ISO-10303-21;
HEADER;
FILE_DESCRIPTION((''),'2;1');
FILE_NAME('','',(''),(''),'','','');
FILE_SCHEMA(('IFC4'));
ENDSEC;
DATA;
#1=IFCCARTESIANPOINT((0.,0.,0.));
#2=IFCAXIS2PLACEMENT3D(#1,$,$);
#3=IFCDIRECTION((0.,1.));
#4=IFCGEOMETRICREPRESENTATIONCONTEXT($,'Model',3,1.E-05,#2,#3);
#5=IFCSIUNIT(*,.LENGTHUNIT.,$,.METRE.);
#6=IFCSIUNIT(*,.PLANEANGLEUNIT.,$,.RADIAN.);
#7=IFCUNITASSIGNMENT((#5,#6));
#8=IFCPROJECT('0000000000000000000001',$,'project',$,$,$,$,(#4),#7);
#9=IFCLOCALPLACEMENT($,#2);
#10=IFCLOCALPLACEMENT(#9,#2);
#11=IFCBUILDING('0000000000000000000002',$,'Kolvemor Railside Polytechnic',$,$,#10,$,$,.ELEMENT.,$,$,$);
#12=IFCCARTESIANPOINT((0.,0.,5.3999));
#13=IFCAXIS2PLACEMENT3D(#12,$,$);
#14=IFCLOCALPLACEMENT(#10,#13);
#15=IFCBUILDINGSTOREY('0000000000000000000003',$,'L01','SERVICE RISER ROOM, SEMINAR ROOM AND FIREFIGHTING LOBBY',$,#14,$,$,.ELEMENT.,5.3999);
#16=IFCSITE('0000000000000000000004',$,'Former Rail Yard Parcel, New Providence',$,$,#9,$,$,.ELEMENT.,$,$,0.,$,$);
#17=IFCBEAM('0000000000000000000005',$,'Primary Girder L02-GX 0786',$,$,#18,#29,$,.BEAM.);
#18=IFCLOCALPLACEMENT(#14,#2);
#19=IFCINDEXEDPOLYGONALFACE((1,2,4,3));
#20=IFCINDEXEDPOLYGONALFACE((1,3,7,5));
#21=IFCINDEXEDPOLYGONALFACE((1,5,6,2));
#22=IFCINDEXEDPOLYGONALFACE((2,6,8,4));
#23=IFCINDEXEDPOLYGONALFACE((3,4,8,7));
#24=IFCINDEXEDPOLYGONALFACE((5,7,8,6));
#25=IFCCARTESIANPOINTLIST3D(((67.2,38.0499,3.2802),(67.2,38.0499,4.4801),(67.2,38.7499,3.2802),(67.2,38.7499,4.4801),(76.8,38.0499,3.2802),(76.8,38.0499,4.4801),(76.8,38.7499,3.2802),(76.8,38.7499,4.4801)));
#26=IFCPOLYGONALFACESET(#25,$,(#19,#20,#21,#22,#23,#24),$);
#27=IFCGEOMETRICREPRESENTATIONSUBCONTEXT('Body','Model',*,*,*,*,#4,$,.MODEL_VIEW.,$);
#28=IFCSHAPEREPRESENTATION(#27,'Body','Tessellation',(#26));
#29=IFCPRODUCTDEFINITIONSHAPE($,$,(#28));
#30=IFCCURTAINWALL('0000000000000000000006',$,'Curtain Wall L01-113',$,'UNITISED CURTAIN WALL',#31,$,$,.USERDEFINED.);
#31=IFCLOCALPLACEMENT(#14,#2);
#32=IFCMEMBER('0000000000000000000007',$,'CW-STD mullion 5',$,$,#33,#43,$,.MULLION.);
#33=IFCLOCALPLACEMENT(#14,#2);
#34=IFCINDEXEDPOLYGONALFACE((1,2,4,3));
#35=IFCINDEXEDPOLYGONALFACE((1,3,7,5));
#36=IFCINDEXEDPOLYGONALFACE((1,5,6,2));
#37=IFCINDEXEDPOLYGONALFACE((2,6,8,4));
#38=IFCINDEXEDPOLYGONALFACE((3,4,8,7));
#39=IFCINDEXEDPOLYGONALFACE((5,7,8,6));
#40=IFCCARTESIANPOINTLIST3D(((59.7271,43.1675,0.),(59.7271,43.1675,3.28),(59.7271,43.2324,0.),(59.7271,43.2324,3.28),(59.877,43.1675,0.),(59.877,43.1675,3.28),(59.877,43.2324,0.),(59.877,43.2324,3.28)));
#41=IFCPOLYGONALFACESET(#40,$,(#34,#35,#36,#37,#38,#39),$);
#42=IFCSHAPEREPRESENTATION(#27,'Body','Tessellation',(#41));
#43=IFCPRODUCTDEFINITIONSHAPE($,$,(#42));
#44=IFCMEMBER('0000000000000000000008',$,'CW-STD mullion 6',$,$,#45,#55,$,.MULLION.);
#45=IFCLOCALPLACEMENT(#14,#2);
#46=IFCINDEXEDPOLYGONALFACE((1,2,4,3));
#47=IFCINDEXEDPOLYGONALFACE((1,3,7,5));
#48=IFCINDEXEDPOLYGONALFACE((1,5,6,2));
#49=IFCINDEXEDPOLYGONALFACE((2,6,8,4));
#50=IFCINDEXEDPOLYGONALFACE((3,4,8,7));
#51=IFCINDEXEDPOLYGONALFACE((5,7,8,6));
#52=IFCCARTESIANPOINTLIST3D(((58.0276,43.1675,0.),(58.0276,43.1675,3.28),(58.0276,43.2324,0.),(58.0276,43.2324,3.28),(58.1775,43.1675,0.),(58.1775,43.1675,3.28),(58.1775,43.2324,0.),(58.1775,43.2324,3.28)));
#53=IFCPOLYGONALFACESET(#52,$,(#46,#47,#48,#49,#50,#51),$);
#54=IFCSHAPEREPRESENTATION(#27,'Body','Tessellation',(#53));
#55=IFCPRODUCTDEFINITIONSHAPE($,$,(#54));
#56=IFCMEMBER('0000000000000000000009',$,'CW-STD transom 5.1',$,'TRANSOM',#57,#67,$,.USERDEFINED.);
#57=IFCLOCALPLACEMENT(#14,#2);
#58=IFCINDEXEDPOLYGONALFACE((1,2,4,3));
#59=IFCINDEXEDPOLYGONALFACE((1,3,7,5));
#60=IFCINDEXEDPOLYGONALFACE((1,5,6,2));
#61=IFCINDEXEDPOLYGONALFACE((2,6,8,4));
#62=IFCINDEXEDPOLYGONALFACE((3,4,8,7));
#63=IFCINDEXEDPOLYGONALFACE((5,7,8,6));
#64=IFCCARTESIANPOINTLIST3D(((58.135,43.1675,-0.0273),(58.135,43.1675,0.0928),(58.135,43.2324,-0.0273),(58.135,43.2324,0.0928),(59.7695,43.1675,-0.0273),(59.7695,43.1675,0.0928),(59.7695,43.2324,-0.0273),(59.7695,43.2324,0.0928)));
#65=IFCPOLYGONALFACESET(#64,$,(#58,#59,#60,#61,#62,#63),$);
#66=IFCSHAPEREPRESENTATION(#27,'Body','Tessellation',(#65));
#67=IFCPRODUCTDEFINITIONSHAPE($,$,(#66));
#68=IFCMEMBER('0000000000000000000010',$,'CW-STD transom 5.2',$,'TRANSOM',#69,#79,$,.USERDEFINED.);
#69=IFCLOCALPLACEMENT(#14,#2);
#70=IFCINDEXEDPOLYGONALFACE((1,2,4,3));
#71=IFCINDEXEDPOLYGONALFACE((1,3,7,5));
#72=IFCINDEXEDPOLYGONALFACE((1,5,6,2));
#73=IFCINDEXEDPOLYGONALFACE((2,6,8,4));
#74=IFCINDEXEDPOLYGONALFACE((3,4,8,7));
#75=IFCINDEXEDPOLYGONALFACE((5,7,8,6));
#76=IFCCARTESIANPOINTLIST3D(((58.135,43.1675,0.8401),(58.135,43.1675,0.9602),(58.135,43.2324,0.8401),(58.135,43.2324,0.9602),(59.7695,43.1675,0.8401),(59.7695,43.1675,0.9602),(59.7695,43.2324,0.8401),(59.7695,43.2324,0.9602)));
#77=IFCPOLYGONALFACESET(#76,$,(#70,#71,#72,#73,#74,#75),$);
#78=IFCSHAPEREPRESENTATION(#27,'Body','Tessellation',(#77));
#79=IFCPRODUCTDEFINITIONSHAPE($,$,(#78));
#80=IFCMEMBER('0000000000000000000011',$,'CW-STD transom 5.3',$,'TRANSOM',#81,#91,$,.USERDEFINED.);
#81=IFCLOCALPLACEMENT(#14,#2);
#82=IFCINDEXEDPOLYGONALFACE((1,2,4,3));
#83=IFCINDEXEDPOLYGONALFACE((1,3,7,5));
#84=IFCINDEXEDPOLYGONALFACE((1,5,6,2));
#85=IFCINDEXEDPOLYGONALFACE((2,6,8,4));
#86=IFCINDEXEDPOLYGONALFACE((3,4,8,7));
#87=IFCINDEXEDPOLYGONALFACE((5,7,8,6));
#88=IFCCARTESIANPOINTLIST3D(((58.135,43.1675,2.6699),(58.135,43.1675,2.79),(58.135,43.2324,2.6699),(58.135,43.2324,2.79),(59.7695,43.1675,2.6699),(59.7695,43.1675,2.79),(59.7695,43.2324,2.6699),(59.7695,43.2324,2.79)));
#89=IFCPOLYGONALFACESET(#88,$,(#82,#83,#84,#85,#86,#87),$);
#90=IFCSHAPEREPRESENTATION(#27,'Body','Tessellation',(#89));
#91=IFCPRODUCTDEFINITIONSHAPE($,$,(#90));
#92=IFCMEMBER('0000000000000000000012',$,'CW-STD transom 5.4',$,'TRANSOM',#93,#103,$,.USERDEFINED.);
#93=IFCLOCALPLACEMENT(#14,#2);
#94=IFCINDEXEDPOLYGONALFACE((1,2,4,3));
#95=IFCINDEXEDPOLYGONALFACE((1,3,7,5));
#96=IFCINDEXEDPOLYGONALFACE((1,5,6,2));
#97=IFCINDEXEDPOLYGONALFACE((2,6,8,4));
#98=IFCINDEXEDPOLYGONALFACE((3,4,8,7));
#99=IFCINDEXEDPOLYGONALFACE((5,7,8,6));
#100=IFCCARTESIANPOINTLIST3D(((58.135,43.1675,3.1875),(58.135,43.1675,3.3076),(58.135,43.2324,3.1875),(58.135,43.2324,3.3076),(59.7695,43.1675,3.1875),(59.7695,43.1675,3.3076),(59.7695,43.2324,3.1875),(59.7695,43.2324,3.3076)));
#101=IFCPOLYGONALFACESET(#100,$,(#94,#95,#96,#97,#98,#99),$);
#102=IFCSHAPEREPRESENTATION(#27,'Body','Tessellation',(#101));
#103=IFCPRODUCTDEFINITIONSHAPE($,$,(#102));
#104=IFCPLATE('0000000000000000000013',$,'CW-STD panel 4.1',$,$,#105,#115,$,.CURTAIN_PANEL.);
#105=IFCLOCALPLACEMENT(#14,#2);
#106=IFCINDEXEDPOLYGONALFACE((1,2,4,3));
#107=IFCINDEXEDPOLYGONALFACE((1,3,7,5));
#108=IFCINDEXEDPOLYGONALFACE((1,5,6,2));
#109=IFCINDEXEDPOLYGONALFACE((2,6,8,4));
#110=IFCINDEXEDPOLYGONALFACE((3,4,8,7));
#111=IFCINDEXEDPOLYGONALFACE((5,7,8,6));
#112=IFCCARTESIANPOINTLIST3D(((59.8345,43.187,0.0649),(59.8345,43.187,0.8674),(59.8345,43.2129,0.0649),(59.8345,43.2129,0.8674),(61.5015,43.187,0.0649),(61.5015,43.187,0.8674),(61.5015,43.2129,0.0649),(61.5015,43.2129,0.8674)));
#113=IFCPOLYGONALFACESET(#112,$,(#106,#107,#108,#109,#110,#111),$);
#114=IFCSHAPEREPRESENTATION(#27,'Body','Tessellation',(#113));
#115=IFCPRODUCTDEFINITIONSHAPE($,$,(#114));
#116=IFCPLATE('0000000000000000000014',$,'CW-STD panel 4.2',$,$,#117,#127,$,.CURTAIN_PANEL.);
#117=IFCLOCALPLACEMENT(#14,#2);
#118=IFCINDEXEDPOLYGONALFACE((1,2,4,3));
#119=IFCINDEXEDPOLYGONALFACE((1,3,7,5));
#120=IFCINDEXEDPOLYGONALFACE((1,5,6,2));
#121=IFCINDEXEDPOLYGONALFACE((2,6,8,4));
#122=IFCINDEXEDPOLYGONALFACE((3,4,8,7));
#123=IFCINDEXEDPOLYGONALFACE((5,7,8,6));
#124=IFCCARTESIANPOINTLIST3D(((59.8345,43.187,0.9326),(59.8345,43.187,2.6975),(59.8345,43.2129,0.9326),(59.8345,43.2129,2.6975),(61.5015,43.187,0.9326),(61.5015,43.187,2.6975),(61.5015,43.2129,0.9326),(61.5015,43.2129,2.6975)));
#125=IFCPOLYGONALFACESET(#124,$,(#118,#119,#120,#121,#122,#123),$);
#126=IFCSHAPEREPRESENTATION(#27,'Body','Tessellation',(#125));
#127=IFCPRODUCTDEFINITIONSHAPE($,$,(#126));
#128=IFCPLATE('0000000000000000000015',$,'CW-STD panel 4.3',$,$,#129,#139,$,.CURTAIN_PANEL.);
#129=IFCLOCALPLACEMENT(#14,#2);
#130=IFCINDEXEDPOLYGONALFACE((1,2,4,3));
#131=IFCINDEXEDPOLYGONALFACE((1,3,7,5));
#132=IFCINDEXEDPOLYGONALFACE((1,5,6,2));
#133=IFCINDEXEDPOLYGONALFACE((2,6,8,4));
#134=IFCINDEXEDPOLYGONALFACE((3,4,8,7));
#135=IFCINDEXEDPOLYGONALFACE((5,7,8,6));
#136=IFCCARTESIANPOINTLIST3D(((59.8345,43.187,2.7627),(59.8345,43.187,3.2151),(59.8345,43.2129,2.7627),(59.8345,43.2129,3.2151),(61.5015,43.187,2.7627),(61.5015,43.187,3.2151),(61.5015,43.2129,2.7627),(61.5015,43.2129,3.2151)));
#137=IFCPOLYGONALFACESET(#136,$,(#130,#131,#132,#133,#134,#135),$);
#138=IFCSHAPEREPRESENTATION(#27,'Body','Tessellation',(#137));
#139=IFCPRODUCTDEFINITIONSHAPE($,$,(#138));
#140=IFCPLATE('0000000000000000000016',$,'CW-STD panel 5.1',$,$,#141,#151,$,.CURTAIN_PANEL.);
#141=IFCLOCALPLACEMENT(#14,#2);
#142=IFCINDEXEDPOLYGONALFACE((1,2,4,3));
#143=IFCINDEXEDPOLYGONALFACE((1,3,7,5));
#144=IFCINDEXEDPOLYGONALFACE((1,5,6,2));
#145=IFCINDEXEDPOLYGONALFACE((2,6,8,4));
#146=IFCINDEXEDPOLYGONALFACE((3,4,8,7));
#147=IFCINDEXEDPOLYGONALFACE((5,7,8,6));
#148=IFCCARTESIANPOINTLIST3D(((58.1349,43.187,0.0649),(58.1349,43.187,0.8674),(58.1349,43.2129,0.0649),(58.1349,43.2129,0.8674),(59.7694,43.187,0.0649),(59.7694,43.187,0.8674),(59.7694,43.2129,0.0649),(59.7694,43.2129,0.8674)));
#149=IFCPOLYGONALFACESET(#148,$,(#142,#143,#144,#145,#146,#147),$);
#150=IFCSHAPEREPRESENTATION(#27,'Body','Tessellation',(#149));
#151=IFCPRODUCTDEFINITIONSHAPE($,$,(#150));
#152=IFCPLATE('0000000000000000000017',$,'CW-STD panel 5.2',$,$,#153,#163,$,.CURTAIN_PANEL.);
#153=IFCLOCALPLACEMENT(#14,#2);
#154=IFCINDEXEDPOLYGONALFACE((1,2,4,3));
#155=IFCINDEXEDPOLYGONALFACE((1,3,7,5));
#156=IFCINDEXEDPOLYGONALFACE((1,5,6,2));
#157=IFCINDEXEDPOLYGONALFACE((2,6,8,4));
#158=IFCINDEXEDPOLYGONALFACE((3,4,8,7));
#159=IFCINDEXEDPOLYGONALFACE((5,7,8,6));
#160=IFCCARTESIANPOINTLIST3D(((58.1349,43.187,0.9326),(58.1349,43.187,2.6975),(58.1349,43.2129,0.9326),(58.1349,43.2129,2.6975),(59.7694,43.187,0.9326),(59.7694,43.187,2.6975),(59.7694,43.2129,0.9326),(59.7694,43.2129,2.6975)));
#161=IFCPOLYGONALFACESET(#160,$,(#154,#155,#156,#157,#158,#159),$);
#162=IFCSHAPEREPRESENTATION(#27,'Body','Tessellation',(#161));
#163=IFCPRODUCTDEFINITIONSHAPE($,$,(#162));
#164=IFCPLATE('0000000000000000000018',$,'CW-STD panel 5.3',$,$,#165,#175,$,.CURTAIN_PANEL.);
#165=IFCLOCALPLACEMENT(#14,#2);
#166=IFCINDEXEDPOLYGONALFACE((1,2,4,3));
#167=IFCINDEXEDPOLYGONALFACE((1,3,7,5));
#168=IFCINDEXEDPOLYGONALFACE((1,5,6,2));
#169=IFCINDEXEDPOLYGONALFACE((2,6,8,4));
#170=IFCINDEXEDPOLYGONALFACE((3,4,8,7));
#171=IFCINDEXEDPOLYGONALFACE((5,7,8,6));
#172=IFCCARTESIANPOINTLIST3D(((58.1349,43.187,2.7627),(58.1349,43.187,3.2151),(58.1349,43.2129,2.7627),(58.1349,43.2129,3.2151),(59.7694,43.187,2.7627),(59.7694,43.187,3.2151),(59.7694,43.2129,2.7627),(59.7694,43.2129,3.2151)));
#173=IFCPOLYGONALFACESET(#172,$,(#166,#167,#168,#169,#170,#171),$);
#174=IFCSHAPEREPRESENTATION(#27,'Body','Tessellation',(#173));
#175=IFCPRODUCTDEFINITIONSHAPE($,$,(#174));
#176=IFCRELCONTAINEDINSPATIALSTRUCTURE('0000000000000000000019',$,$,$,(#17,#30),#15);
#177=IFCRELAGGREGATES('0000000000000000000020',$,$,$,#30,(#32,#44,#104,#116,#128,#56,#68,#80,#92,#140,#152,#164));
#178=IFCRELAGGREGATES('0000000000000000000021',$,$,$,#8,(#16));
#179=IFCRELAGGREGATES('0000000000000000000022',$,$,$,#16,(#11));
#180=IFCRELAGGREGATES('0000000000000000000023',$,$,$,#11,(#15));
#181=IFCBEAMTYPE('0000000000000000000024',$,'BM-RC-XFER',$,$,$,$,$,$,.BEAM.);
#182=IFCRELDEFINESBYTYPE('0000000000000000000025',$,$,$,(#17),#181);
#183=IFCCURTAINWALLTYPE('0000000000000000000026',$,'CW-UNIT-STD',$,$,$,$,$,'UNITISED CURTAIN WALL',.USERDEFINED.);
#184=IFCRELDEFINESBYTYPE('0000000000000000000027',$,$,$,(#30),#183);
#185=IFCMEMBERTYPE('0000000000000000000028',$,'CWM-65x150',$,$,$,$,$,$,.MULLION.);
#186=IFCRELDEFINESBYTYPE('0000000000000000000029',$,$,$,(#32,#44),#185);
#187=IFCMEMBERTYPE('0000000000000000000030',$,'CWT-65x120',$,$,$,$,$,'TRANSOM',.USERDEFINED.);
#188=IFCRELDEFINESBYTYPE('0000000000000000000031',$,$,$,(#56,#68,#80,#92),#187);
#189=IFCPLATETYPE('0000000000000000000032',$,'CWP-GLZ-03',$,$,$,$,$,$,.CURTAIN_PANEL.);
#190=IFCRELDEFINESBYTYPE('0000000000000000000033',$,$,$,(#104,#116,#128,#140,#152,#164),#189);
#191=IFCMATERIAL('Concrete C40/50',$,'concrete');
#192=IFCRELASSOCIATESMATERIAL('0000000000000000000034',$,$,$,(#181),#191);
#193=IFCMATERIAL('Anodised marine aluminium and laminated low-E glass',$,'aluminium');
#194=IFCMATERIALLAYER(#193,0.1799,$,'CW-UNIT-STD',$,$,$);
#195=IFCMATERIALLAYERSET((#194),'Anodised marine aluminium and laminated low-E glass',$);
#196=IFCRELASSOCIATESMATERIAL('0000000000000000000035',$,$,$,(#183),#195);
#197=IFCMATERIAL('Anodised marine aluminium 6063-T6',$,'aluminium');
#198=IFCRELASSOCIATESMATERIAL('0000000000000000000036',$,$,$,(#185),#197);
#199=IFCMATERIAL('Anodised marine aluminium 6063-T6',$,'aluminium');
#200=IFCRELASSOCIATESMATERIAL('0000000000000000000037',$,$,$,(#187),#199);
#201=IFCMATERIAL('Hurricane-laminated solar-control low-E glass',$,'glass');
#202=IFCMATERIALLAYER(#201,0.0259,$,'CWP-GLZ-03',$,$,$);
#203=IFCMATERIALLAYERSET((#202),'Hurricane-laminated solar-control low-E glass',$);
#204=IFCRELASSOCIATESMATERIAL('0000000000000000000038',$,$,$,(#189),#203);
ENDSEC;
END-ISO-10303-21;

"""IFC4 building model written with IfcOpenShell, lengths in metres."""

from ifc_helpers import new_model, si_unit, direction, frame, origin, origin_2d, place, context, subcontext, project, spatial, rectangle, extrude, material, layer, layer_set, material_profile, profile_set, type_object, element, aggregate, save


model = new_model("IFC4")

# Units and contexts
model_context = context("Model", 3, precision=1e-05, world=origin(), true_north=direction((0.0, 1.0)))
body_context = subcontext(model_context, "Body", "Model", "MODEL_VIEW")
ifc_project = project(units=[si_unit("LENGTHUNIT", "METRE"), si_unit("PLANEANGLEUNIT", "RADIAN")], contexts=[model_context])

# Site, building, storey
site_placement = place(None, origin())
site = spatial("IfcSite", under=ifc_project, at=site_placement, Name="Former Rail Yard Parcel, New Providence", CompositionType="ELEMENT", RefElevation=0.0)
building_placement = place(site_placement, origin())
building = spatial("IfcBuilding", under=site, at=building_placement, Name="Kolvemor Railside Polytechnic", CompositionType="ELEMENT")
storey_placement = place(building_placement, frame((0.0, 0.0, 5.3999)))
storey = spatial("IfcBuildingStorey", under=building, at=storey_placement, Name="L01", Description="SERVICE RISER ROOM, SEMINAR ROOM AND FIREFIGHTING LOBBY", CompositionType="ELEMENT", Elevation=5.3999)

# Beam
ifc_material_1 = material(Name="Concrete C40/50", Category="concrete")
ifc_material_profile_1 = material_profile(ifc_material_1, rectangle(XDim=0.7, YDim=1.2, at=origin_2d()), Name="RC700x1200")
ifc_profile_set_1 = profile_set([ifc_material_profile_1], Name="Concrete C40/50")
beam_type_1 = type_object("IfcBeamType", Name="BM-RC-XFER", PredefinedType="BEAM", material=ifc_profile_set_1)
beam_1_placement = place(storey_placement, frame((67.2, 38.3999, 3.8801), z_axis=(1.0, 0.0, 0.0), x_axis=(0.0, 1.0, 0.0)))
element("IfcBeam", 1, at=beam_1_placement, inside=storey, type_object=beam_type_1, Name="Primary Girder L02-GX 0786", PredefinedType="BEAM", context=body_context, shape_type="SweptSolid", body=[
    extrude(rectangle(XDim=0.7, YDim=1.2, at=origin_2d()), origin(), (0.0, 0.0, 1.0), 9.6001),
])

# Curtain wall, members, plates
ifc_material_2 = material(Name="Anodised marine aluminium and laminated low-E glass", Category="aluminium")
ifc_layer_1 = layer(ifc_material_2, 0.1799, Name="CW-UNIT-STD")
ifc_layer_set_1 = layer_set([ifc_layer_1], Name="Anodised marine aluminium and laminated low-E glass")
curtain_wall_type = type_object("IfcCurtainWallType", Name="CW-UNIT-STD", ElementType="UNITISED CURTAIN WALL", PredefinedType="USERDEFINED", material=ifc_layer_set_1)
curtain_wall_placement = place(storey_placement, origin())
curtain_wall = element("IfcCurtainWall", 2, at=curtain_wall_placement, inside=storey, type_object=curtain_wall_type, Name="Curtain Wall L01-113", ObjectType="UNITISED CURTAIN WALL", PredefinedType="USERDEFINED")
ifc_material_3 = material(Name="Anodised marine aluminium 6063-T6", Category="aluminium")
ifc_material_profile_2 = material_profile(ifc_material_3, rectangle(XDim=0.0649, YDim=0.1499, at=origin_2d()), Name="CW-MUL-65x150")
ifc_profile_set_2 = profile_set([ifc_material_profile_2], Name="Anodised marine aluminium 6063-T6")
member_type_1 = type_object("IfcMemberType", Name="CWM-65x150", PredefinedType="MULLION", material=ifc_profile_set_2)
member_1_placement = place(storey_placement, frame((59.802, 43.2, 0.0), z_axis=(0.0, 0.0, 1.0), x_axis=(0.0, -1.0, 0.0)))
member_1 = element("IfcMember", 3, at=member_1_placement, type_object=member_type_1, Name="CW-STD mullion 5", PredefinedType="MULLION", context=body_context, shape_type="SweptSolid", body=[
    extrude(rectangle(XDim=0.0649, YDim=0.1499, at=origin_2d()), origin(), (0.0, 0.0, 1.0), 3.28),
])
member_2_placement = place(storey_placement, frame((58.1025, 43.2, 0.0), z_axis=(0.0, 0.0, 1.0), x_axis=(0.0, -1.0, 0.0)))
member_2 = element("IfcMember", 4, at=member_2_placement, type_object=member_type_1, Name="CW-STD mullion 6", PredefinedType="MULLION", context=body_context, shape_type="SweptSolid", body=[
    extrude(rectangle(XDim=0.0649, YDim=0.1499, at=origin_2d()), origin(), (0.0, 0.0, 1.0), 3.28),
])
ifc_material_4 = material(Name="Anodised marine aluminium 6063-T6", Category="aluminium")
ifc_material_profile_3 = material_profile(ifc_material_4, rectangle(XDim=0.0649, YDim=0.1201, at=origin_2d()), Name="CW-TRN-65x120")
ifc_profile_set_3 = profile_set([ifc_material_profile_3], Name="Anodised marine aluminium 6063-T6")
member_type_2 = type_object("IfcMemberType", Name="CWT-65x120", ElementType="TRANSOM", PredefinedType="USERDEFINED", material=ifc_profile_set_3)
member_3_placement = place(storey_placement, frame((59.7695, 43.2, 0.0327), z_axis=(-1.0, 0.0, 0.0), x_axis=(0.0, -1.0, 0.0)))
member_3 = element("IfcMember", 5, at=member_3_placement, type_object=member_type_2, Name="CW-STD transom 5.1", ObjectType="TRANSOM", PredefinedType="USERDEFINED", context=body_context, shape_type="SweptSolid", body=[
    extrude(rectangle(XDim=0.0649, YDim=0.1201, at=origin_2d()), origin(), (0.0, 0.0, 1.0), 1.6345),
])
member_4_placement = place(storey_placement, frame((59.7695, 43.2, 0.9001), z_axis=(-1.0, 0.0, 0.0), x_axis=(0.0, -1.0, 0.0)))
member_4 = element("IfcMember", 6, at=member_4_placement, type_object=member_type_2, Name="CW-STD transom 5.2", ObjectType="TRANSOM", PredefinedType="USERDEFINED", context=body_context, shape_type="SweptSolid", body=[
    extrude(rectangle(XDim=0.0649, YDim=0.1201, at=origin_2d()), origin(), (0.0, 0.0, 1.0), 1.6345),
])
member_5_placement = place(storey_placement, frame((59.7695, 43.2, 2.73), z_axis=(-1.0, 0.0, 0.0), x_axis=(0.0, -1.0, 0.0)))
member_5 = element("IfcMember", 7, at=member_5_placement, type_object=member_type_2, Name="CW-STD transom 5.3", ObjectType="TRANSOM", PredefinedType="USERDEFINED", context=body_context, shape_type="SweptSolid", body=[
    extrude(rectangle(XDim=0.0649, YDim=0.1201, at=origin_2d()), origin(), (0.0, 0.0, 1.0), 1.6345),
])
member_6_placement = place(storey_placement, frame((59.7695, 43.2, 3.2476), z_axis=(-1.0, 0.0, 0.0), x_axis=(0.0, -1.0, 0.0)))
member_6 = element("IfcMember", 8, at=member_6_placement, type_object=member_type_2, Name="CW-STD transom 5.4", ObjectType="TRANSOM", PredefinedType="USERDEFINED", context=body_context, shape_type="SweptSolid", body=[
    extrude(rectangle(XDim=0.0649, YDim=0.1201, at=origin_2d()), origin(), (0.0, 0.0, 1.0), 1.6345),
])
ifc_material_5 = material(Name="Hurricane-laminated solar-control low-E glass", Category="glass")
ifc_layer_2 = layer(ifc_material_5, 0.0259, Name="CWP-GLZ-03")
ifc_layer_set_2 = layer_set([ifc_layer_2], Name="Hurricane-laminated solar-control low-E glass")
plate_type = type_object("IfcPlateType", Name="CWP-GLZ-03", PredefinedType="CURTAIN_PANEL", material=ifc_layer_set_2)
plate_1_placement = place(storey_placement, frame((60.668, 43.2, 0.0649), z_axis=(0.0, 0.0, 1.0), x_axis=(-1.0, 0.0, 0.0)))
plate_1 = element("IfcPlate", 9, at=plate_1_placement, type_object=plate_type, Name="CW-STD panel 4.1", PredefinedType="CURTAIN_PANEL", context=body_context, shape_type="SweptSolid", body=[
    extrude(rectangle(XDim=1.667, YDim=0.0259, at=origin_2d()), origin(), (0.0, 0.0, 1.0), 0.8025),
])
plate_2_placement = place(storey_placement, frame((60.668, 43.2, 0.9326), z_axis=(0.0, 0.0, 1.0), x_axis=(-1.0, 0.0, 0.0)))
plate_2 = element("IfcPlate", 10, at=plate_2_placement, type_object=plate_type, Name="CW-STD panel 4.2", PredefinedType="CURTAIN_PANEL", context=body_context, shape_type="SweptSolid", body=[
    extrude(rectangle(XDim=1.667, YDim=0.0259, at=origin_2d()), origin(), (0.0, 0.0, 1.0), 1.7649),
])
plate_3_placement = place(storey_placement, frame((60.668, 43.2, 2.7627), z_axis=(0.0, 0.0, 1.0), x_axis=(-1.0, 0.0, 0.0)))
plate_3 = element("IfcPlate", 11, at=plate_3_placement, type_object=plate_type, Name="CW-STD panel 4.3", PredefinedType="CURTAIN_PANEL", context=body_context, shape_type="SweptSolid", body=[
    extrude(rectangle(XDim=1.667, YDim=0.0259, at=origin_2d()), origin(), (0.0, 0.0, 1.0), 0.4524),
])
plate_4_placement = place(storey_placement, frame((58.9521, 43.2, 0.0649), z_axis=(0.0, 0.0, 1.0), x_axis=(-1.0, 0.0, 0.0)))
plate_4 = element("IfcPlate", 12, at=plate_4_placement, type_object=plate_type, Name="CW-STD panel 5.1", PredefinedType="CURTAIN_PANEL", context=body_context, shape_type="SweptSolid", body=[
    extrude(rectangle(XDim=1.6345, YDim=0.0259, at=origin_2d()), origin(), (0.0, 0.0, 1.0), 0.8025),
])
plate_5_placement = place(storey_placement, frame((58.9521, 43.2, 0.9326), z_axis=(0.0, 0.0, 1.0), x_axis=(-1.0, 0.0, 0.0)))
plate_5 = element("IfcPlate", 13, at=plate_5_placement, type_object=plate_type, Name="CW-STD panel 5.2", PredefinedType="CURTAIN_PANEL", context=body_context, shape_type="SweptSolid", body=[
    extrude(rectangle(XDim=1.6345, YDim=0.0259, at=origin_2d()), origin(), (0.0, 0.0, 1.0), 1.7649),
])
plate_6_placement = place(storey_placement, frame((58.9521, 43.2, 2.7627), z_axis=(0.0, 0.0, 1.0), x_axis=(-1.0, 0.0, 0.0)))
plate_6 = element("IfcPlate", 14, at=plate_6_placement, type_object=plate_type, Name="CW-STD panel 5.3", PredefinedType="CURTAIN_PANEL", context=body_context, shape_type="SweptSolid", body=[
    extrude(rectangle(XDim=1.6345, YDim=0.0259, at=origin_2d()), origin(), (0.0, 0.0, 1.0), 0.4524),
])
aggregate(curtain_wall, [member_1, member_2, plate_1, plate_2, plate_3, member_3, member_4, member_5, member_6, plate_4, plate_5, plate_6])

save(model, "model.ifc")
